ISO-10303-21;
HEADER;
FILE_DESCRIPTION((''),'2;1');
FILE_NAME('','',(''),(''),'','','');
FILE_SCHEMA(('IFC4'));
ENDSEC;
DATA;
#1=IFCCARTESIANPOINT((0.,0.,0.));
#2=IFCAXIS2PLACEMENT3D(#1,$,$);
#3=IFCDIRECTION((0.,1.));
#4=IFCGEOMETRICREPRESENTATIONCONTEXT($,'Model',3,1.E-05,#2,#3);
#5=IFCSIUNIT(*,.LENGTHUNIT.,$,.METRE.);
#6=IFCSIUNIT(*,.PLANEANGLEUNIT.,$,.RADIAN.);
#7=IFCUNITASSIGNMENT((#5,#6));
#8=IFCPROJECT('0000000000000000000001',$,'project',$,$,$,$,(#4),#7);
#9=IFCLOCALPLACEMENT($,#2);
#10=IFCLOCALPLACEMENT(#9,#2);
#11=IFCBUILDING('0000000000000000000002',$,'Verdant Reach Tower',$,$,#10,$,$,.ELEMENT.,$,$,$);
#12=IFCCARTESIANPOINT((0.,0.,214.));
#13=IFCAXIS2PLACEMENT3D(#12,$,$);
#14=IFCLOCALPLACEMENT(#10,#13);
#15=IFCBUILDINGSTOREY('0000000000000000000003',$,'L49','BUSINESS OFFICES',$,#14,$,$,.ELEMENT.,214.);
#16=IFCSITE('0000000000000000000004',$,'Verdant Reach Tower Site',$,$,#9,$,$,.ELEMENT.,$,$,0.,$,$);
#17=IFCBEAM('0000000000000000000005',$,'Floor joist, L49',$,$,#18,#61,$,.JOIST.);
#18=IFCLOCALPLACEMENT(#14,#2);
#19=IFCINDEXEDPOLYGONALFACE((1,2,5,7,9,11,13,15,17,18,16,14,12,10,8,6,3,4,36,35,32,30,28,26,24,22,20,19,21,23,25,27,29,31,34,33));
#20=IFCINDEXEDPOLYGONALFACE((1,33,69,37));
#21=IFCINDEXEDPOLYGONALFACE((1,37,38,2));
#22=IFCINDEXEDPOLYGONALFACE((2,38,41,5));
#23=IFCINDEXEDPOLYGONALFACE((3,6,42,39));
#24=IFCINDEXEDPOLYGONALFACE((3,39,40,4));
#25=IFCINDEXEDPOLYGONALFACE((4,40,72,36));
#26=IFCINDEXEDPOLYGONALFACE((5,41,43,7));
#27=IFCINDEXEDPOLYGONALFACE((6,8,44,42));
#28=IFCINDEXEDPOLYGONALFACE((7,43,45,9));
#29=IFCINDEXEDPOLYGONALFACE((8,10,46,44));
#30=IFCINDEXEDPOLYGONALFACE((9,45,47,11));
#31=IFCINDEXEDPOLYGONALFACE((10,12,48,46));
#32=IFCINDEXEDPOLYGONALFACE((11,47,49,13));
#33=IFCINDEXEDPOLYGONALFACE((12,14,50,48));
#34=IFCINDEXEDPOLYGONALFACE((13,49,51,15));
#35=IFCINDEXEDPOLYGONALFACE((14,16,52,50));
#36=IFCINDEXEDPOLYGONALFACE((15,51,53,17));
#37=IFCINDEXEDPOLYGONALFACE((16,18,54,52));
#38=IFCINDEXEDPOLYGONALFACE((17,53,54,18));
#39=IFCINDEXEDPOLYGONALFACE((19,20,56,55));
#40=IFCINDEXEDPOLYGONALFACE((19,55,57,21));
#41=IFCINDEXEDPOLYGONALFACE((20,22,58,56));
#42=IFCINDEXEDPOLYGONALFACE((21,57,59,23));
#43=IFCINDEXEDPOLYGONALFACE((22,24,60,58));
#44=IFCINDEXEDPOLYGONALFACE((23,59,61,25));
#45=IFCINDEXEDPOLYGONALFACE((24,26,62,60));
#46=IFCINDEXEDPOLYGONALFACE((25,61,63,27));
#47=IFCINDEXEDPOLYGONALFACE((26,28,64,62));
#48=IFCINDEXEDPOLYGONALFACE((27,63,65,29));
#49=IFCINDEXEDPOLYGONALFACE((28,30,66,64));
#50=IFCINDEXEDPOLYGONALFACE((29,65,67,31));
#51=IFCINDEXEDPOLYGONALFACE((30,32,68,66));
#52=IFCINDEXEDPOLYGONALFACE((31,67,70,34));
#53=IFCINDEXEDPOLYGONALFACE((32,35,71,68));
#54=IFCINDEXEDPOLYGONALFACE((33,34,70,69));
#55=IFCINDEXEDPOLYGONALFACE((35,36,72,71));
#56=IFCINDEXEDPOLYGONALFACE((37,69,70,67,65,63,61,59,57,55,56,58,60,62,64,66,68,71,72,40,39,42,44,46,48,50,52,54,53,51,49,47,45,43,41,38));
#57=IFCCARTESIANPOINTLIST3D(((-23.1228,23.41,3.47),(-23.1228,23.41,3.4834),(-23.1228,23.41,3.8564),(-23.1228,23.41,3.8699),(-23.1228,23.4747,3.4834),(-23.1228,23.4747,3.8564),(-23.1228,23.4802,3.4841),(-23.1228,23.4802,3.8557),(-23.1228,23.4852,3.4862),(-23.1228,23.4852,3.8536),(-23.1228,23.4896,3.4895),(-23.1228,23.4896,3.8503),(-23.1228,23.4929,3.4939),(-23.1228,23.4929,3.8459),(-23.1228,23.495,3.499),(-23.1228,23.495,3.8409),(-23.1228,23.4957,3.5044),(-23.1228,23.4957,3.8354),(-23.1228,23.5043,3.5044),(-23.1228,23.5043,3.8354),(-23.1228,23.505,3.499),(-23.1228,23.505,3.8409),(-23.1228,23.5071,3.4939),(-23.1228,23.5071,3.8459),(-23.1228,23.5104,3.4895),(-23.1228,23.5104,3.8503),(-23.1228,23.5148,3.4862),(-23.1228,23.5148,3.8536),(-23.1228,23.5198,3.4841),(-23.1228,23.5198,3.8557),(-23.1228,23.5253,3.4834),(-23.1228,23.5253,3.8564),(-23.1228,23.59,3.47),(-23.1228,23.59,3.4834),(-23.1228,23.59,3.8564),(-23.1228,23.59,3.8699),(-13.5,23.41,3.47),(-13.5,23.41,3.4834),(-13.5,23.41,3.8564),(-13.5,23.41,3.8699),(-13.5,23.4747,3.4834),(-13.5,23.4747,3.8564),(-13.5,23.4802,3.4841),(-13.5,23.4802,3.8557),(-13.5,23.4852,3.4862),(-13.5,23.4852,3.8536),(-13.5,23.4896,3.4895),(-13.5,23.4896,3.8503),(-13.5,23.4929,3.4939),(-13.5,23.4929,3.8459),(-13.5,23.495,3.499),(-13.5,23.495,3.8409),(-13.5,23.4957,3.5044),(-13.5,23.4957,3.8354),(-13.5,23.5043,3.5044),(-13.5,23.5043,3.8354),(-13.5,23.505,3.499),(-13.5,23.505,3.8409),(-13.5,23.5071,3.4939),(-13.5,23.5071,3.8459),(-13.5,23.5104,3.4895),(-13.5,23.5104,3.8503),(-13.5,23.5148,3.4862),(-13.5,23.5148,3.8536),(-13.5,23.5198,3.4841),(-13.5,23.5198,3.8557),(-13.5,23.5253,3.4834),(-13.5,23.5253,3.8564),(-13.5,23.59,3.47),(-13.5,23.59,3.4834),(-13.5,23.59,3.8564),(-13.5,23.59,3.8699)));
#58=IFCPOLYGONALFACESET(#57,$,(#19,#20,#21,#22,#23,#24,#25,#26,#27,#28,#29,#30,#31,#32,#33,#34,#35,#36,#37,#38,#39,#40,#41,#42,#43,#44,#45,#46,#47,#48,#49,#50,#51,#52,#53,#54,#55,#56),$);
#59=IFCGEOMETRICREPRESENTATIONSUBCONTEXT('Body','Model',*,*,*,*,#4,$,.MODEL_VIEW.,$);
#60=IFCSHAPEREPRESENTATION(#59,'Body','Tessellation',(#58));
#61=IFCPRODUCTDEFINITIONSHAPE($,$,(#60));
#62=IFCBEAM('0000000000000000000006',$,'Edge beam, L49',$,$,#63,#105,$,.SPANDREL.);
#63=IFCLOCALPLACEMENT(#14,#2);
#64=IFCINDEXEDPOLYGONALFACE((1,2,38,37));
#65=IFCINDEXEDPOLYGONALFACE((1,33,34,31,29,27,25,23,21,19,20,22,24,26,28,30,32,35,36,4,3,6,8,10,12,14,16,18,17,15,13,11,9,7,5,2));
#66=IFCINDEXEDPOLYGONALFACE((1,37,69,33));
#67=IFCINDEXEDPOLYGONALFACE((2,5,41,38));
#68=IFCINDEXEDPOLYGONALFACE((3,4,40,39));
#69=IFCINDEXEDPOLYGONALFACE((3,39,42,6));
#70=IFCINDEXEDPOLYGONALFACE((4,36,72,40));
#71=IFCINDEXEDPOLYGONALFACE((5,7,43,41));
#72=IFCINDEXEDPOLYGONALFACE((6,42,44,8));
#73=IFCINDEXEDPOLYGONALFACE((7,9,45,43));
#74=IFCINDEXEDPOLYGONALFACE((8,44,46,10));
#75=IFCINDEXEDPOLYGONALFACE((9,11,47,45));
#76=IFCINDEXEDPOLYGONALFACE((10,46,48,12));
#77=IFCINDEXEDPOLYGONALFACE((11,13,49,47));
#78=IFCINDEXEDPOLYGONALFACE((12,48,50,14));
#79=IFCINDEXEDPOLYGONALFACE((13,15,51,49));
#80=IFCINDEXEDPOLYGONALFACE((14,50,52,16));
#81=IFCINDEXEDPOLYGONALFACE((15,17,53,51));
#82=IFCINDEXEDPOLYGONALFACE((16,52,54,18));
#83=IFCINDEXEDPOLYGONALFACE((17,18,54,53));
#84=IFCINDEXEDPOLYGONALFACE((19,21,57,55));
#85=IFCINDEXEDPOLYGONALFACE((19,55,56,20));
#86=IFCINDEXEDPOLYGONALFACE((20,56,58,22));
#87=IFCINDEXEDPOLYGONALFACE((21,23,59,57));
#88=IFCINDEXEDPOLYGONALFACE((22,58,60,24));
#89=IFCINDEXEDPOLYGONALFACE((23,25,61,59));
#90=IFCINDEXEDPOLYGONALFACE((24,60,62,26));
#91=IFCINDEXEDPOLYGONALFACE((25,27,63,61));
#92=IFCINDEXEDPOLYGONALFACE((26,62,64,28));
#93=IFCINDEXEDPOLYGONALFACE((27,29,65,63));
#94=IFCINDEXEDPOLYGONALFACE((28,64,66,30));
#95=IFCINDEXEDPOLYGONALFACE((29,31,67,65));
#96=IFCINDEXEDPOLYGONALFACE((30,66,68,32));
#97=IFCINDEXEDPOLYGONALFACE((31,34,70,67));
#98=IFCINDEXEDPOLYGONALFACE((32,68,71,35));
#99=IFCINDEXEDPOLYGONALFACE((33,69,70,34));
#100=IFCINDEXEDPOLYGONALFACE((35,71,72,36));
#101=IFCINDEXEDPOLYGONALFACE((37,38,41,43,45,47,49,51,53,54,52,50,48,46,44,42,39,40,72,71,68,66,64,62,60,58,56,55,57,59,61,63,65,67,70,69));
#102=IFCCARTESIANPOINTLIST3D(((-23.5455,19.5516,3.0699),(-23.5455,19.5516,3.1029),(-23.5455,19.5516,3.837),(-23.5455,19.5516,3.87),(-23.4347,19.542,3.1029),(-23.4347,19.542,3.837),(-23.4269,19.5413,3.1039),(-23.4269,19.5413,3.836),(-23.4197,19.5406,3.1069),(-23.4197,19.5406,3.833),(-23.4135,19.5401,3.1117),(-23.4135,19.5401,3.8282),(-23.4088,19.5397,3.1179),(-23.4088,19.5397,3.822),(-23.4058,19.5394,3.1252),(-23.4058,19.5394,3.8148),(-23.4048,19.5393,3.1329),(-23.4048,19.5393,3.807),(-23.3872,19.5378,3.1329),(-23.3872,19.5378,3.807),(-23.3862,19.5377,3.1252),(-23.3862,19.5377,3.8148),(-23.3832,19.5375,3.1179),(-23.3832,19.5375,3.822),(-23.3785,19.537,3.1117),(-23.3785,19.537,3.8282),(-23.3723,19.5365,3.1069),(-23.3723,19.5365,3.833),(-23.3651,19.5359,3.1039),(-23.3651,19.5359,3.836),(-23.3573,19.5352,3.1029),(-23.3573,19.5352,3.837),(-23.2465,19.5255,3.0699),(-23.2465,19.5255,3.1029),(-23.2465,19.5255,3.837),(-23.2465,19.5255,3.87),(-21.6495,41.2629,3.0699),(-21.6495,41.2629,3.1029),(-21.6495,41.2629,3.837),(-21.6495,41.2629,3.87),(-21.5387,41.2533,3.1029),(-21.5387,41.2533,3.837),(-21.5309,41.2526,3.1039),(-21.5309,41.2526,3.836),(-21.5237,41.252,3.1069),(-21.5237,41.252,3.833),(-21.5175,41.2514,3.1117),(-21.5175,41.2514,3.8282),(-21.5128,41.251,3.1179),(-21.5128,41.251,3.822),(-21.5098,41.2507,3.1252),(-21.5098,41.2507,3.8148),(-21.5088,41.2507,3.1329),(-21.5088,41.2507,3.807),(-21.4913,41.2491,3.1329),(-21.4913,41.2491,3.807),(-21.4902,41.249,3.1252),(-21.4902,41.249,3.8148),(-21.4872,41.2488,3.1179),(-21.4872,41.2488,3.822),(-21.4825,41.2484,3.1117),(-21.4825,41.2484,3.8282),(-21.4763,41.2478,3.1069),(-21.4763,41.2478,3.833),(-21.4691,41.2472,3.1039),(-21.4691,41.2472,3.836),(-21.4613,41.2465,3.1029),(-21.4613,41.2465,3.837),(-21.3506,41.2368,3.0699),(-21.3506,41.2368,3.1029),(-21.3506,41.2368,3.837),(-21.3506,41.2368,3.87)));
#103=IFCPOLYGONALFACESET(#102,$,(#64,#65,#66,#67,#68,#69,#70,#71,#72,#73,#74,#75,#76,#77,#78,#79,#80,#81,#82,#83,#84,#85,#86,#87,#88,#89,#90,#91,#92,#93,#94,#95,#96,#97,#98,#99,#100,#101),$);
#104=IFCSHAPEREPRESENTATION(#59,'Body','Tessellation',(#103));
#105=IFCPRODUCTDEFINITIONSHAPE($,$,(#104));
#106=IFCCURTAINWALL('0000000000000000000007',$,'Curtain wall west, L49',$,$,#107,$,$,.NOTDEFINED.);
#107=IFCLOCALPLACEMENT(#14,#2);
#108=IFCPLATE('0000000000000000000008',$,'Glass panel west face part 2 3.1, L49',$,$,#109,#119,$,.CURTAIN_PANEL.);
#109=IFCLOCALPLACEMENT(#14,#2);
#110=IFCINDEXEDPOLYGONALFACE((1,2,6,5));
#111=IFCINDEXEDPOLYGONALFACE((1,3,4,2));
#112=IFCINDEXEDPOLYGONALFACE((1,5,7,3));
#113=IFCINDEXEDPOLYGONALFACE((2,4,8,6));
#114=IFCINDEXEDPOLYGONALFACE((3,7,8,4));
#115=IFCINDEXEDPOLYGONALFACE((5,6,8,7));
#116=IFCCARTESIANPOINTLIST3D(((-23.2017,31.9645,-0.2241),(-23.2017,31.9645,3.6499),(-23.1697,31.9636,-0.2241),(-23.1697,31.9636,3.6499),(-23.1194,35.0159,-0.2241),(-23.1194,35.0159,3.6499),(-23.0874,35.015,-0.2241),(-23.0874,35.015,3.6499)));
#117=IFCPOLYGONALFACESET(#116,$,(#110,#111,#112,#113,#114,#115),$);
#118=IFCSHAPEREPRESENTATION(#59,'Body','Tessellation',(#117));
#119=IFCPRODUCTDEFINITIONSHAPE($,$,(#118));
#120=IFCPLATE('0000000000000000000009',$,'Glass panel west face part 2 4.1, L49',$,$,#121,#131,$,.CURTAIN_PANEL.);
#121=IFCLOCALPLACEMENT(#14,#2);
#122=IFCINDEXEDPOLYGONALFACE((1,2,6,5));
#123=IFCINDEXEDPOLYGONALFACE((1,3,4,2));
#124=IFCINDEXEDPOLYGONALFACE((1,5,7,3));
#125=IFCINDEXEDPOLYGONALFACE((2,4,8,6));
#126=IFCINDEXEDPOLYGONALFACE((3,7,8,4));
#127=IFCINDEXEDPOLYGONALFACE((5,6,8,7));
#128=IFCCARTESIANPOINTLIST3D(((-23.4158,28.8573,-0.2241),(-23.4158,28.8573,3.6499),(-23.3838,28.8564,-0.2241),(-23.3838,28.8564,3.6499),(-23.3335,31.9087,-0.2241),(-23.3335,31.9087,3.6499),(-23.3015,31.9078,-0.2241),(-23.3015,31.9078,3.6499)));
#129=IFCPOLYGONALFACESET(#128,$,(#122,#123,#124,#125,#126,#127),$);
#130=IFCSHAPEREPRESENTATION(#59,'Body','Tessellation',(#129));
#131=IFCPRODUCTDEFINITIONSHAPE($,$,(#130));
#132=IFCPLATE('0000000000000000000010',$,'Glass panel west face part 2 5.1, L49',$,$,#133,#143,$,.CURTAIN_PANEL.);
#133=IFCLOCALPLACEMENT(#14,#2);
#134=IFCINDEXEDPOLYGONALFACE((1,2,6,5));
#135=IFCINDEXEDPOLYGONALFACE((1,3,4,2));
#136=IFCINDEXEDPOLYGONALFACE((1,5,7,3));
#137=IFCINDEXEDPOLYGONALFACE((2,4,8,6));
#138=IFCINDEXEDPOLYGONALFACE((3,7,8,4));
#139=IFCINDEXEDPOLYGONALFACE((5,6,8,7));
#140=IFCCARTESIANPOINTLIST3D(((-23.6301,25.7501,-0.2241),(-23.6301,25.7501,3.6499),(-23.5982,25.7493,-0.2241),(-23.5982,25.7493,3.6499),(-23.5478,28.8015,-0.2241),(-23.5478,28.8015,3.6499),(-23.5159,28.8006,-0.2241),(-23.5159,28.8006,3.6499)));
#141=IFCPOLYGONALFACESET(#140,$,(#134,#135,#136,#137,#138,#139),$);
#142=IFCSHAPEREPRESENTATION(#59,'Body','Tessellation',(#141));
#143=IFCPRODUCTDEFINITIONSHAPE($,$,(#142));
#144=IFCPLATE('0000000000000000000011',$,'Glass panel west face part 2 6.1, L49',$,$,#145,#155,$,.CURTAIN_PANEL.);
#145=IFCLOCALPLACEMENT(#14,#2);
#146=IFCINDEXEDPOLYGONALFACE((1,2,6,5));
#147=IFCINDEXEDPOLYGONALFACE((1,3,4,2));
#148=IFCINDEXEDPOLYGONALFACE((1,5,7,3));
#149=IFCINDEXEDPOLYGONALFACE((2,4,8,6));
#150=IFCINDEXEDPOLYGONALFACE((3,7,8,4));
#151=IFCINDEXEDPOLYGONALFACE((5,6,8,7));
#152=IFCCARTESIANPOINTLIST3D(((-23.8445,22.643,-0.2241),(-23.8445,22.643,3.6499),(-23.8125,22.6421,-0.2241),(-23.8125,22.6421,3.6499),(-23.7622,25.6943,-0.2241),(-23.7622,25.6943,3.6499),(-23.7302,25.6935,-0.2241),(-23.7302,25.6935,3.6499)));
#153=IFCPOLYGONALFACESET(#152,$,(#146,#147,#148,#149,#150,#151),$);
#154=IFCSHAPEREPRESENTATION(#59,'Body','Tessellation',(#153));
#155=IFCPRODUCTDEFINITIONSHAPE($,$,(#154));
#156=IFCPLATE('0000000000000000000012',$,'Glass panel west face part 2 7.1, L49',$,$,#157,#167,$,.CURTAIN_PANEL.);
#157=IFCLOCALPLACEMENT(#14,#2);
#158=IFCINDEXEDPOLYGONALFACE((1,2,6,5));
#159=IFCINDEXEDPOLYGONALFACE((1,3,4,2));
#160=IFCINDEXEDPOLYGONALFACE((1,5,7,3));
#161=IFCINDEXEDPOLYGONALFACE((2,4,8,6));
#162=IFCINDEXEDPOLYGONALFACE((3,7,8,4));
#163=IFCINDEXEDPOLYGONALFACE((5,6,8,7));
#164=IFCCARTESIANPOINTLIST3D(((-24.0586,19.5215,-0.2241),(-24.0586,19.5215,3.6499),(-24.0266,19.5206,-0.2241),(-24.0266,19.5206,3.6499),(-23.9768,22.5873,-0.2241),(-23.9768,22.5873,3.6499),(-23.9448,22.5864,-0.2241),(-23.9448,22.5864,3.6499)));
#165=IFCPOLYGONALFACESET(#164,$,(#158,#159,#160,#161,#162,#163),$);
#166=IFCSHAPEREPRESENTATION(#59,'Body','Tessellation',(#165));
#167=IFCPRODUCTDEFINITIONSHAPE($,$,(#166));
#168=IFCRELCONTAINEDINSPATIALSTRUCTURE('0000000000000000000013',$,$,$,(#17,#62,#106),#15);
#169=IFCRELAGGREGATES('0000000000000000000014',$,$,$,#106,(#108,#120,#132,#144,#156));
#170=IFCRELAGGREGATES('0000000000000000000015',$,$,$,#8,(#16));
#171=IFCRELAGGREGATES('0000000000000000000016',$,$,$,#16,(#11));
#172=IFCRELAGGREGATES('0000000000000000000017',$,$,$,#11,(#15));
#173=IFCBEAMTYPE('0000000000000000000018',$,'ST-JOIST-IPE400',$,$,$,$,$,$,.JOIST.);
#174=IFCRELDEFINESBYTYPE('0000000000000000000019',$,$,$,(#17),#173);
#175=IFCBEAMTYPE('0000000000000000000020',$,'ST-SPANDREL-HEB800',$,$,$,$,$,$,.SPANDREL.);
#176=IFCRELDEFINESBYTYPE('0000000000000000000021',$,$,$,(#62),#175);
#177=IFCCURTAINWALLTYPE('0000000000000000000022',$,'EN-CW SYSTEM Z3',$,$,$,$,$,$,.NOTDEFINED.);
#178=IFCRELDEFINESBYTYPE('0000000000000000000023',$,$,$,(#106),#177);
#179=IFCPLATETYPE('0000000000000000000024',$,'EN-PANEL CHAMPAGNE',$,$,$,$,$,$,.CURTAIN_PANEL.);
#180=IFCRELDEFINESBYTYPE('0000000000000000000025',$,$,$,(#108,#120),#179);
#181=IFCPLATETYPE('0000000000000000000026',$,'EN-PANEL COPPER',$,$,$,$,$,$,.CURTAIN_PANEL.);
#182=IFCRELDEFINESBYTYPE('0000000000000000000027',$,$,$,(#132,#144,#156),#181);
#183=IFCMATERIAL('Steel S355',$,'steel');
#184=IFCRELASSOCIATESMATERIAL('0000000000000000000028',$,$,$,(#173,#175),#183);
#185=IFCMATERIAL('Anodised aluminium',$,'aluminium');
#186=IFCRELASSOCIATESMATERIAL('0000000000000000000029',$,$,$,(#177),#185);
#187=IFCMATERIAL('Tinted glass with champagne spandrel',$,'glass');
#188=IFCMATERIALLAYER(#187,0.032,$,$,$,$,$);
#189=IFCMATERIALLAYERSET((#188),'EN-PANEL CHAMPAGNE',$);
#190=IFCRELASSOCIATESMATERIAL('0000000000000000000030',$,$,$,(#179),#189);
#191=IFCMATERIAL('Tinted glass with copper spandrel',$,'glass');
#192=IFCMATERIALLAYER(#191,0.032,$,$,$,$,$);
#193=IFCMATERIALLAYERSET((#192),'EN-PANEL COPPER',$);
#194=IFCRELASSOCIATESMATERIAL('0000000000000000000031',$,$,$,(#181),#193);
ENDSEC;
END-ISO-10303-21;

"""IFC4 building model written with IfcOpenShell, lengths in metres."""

from ifc_helpers import new_model, si_unit, direction, frame, origin, origin_2d, place, context, subcontext, project, spatial, rectangle, i_section, extrude, material, layer, layer_set, material_profile, profile_set, type_object, element, aggregate, save


model = new_model("IFC4")

# Units and contexts
model_context = context("Model", 3, precision=1e-05, world=origin(), true_north=direction((0.0, 1.0)))
body_context = subcontext(model_context, "Body", "Model", "MODEL_VIEW")
ifc_project = project(units=[si_unit("LENGTHUNIT", "METRE"), si_unit("PLANEANGLEUNIT", "RADIAN")], contexts=[model_context])

# Site, building, storey
site_placement = place(None, origin())
site = spatial("IfcSite", under=ifc_project, at=site_placement, Name="Verdant Reach Tower Site", CompositionType="ELEMENT", RefElevation=0.0)
building_placement = place(site_placement, origin())
building = spatial("IfcBuilding", under=site, at=building_placement, Name="Verdant Reach Tower", CompositionType="ELEMENT")
storey_placement = place(building_placement, frame((0.0, 0.0, 214.0)))
storey = spatial("IfcBuildingStorey", under=building, at=storey_placement, Name="L49", Description="BUSINESS OFFICES", CompositionType="ELEMENT", Elevation=214.0)

# Beams
ifc_material_1 = material(Name="Steel S355", Category="steel")
ifc_material_profile_1 = material_profile(ifc_material_1, i_section(OverallWidth=0.1799, OverallDepth=0.3999, WebThickness=0.0085, FlangeThickness=0.0134, FilletRadius=0.021, at=origin_2d()), Name="IPE 400")
ifc_profile_set_1 = profile_set([ifc_material_profile_1], Name="Steel S355")
beam_type_1 = type_object("IfcBeamType", Name="ST-JOIST-IPE400", PredefinedType="JOIST", material=ifc_profile_set_1)
beam_1_placement = place(storey_placement, frame((-13.5, 23.5, 3.6699), z_axis=(-1.0, 0.0, 0.0), x_axis=(0.0, -1.0, 0.0)))
element("IfcBeam", 1, at=beam_1_placement, inside=storey, type_object=beam_type_1, Name="Floor joist, L49", PredefinedType="JOIST", context=body_context, shape_type="SweptSolid", body=[
    extrude(i_section(OverallWidth=0.1799, OverallDepth=0.3999, WebThickness=0.0085, FlangeThickness=0.0134, FilletRadius=0.021, at=origin_2d()), origin(), (0.0, 0.0, 1.0), 9.6228),
])
ifc_material_profile_2 = material_profile(ifc_material_1, i_section(OverallWidth=0.3, OverallDepth=0.8, WebThickness=0.0176, FlangeThickness=0.033, FilletRadius=0.03, at=origin_2d()), Name="HEB 800")
ifc_profile_set_2 = profile_set([ifc_material_profile_2], Name="Steel S355")
beam_type_2 = type_object("IfcBeamType", Name="ST-SPANDREL-HEB800", PredefinedType="SPANDREL", material=ifc_profile_set_2)
beam_2_placement = place(storey_placement, frame((-23.396, 19.5386, 3.47), z_axis=(0.086996, 0.996209, 0.0), x_axis=(-0.996209, 0.086996, 0.0)))
element("IfcBeam", 2, at=beam_2_placement, inside=storey, type_object=beam_type_2, Name="Edge beam, L49", PredefinedType="SPANDREL", context=body_context, shape_type="SweptSolid", body=[
    extrude(i_section(OverallWidth=0.3, OverallDepth=0.8, WebThickness=0.0176, FlangeThickness=0.033, FilletRadius=0.03, at=origin_2d()), origin(), (0.0, 0.0, 1.0), 21.7939),
])

# Curtain wall, plates
ifc_material_2 = material(Name="Anodised aluminium", Category="aluminium")
curtain_wall_type = type_object("IfcCurtainWallType", Name="EN-CW SYSTEM Z3", PredefinedType="NOTDEFINED", material=ifc_material_2)
curtain_wall_placement = place(storey_placement, origin())
curtain_wall = element("IfcCurtainWall", 3, at=curtain_wall_placement, inside=storey, type_object=curtain_wall_type, Name="Curtain wall west, L49", PredefinedType="NOTDEFINED")
ifc_material_3 = material(Name="Tinted glass with champagne spandrel", Category="glass")
ifc_layer_1 = layer(ifc_material_3, 0.032)
ifc_layer_set_1 = layer_set([ifc_layer_1], Name="EN-PANEL CHAMPAGNE")
plate_type_1 = type_object("IfcPlateType", Name="EN-PANEL CHAMPAGNE", PredefinedType="CURTAIN_PANEL", material=ifc_layer_set_1)
plate_1_placement = place(storey_placement, frame((-23.1445, 33.4897, -0.2241), z_axis=(0.0, 0.0, 1.0), x_axis=(-0.026965, -0.999636, 0.0)))
plate_1 = element("IfcPlate", 4, at=plate_1_placement, type_object=plate_type_1, Name="Glass panel west face part 2 3.1, L49", PredefinedType="CURTAIN_PANEL", context=body_context, shape_type="SweptSolid", body=[
    extrude(rectangle(XDim=3.0525, YDim=0.032, at=origin_2d()), origin(), (0.0, 0.0, 1.0), 3.874),
])
plate_2_placement = place(storey_placement, frame((-23.3586, 30.3826, -0.2241), z_axis=(0.0, 0.0, 1.0), x_axis=(-0.026965, -0.999636, 0.0)))
plate_2 = element("IfcPlate", 5, at=plate_2_placement, type_object=plate_type_1, Name="Glass panel west face part 2 4.1, L49", PredefinedType="CURTAIN_PANEL", context=body_context, shape_type="SweptSolid", body=[
    extrude(rectangle(XDim=3.0525, YDim=0.032, at=origin_2d()), origin(), (0.0, 0.0, 1.0), 3.874),
])
ifc_material_4 = material(Name="Tinted glass with copper spandrel", Category="glass")
ifc_layer_2 = layer(ifc_material_4, 0.032)
ifc_layer_set_2 = layer_set([ifc_layer_2], Name="EN-PANEL COPPER")
plate_type_2 = type_object("IfcPlateType", Name="EN-PANEL COPPER", PredefinedType="CURTAIN_PANEL", material=ifc_layer_set_2)
plate_3_placement = place(storey_placement, frame((-23.573, 27.2754, -0.2241), z_axis=(0.0, 0.0, 1.0), x_axis=(-0.026965, -0.999636, 0.0)))
plate_3 = element("IfcPlate", 6, at=plate_3_placement, type_object=plate_type_2, Name="Glass panel west face part 2 5.1, L49", PredefinedType="CURTAIN_PANEL", context=body_context, shape_type="SweptSolid", body=[
    extrude(rectangle(XDim=3.0525, YDim=0.032, at=origin_2d()), origin(), (0.0, 0.0, 1.0), 3.874),
])
plate_4_placement = place(storey_placement, frame((-23.7874, 24.1682, -0.2241), z_axis=(0.0, 0.0, 1.0), x_axis=(-0.026965, -0.999636, 0.0)))
plate_4 = element("IfcPlate", 7, at=plate_4_placement, type_object=plate_type_2, Name="Glass panel west face part 2 6.1, L49", PredefinedType="CURTAIN_PANEL", context=body_context, shape_type="SweptSolid", body=[
    extrude(rectangle(XDim=3.0525, YDim=0.032, at=origin_2d()), origin(), (0.0, 0.0, 1.0), 3.874),
])
plate_5_placement = place(storey_placement, frame((-24.0017, 21.054, -0.2241), z_axis=(0.0, 0.0, 1.0), x_axis=(-0.02666, -0.999645, 0.0)))
plate_5 = element("IfcPlate", 8, at=plate_5_placement, type_object=plate_type_2, Name="Glass panel west face part 2 7.1, L49", PredefinedType="CURTAIN_PANEL", context=body_context, shape_type="SweptSolid", body=[
    extrude(rectangle(XDim=3.0669, YDim=0.032, at=origin_2d()), origin(), (0.0, 0.0, 1.0), 3.874),
])
aggregate(curtain_wall, [plate_1, plate_2, plate_3, plate_4, plate_5])

save(model, "model.ifc")
